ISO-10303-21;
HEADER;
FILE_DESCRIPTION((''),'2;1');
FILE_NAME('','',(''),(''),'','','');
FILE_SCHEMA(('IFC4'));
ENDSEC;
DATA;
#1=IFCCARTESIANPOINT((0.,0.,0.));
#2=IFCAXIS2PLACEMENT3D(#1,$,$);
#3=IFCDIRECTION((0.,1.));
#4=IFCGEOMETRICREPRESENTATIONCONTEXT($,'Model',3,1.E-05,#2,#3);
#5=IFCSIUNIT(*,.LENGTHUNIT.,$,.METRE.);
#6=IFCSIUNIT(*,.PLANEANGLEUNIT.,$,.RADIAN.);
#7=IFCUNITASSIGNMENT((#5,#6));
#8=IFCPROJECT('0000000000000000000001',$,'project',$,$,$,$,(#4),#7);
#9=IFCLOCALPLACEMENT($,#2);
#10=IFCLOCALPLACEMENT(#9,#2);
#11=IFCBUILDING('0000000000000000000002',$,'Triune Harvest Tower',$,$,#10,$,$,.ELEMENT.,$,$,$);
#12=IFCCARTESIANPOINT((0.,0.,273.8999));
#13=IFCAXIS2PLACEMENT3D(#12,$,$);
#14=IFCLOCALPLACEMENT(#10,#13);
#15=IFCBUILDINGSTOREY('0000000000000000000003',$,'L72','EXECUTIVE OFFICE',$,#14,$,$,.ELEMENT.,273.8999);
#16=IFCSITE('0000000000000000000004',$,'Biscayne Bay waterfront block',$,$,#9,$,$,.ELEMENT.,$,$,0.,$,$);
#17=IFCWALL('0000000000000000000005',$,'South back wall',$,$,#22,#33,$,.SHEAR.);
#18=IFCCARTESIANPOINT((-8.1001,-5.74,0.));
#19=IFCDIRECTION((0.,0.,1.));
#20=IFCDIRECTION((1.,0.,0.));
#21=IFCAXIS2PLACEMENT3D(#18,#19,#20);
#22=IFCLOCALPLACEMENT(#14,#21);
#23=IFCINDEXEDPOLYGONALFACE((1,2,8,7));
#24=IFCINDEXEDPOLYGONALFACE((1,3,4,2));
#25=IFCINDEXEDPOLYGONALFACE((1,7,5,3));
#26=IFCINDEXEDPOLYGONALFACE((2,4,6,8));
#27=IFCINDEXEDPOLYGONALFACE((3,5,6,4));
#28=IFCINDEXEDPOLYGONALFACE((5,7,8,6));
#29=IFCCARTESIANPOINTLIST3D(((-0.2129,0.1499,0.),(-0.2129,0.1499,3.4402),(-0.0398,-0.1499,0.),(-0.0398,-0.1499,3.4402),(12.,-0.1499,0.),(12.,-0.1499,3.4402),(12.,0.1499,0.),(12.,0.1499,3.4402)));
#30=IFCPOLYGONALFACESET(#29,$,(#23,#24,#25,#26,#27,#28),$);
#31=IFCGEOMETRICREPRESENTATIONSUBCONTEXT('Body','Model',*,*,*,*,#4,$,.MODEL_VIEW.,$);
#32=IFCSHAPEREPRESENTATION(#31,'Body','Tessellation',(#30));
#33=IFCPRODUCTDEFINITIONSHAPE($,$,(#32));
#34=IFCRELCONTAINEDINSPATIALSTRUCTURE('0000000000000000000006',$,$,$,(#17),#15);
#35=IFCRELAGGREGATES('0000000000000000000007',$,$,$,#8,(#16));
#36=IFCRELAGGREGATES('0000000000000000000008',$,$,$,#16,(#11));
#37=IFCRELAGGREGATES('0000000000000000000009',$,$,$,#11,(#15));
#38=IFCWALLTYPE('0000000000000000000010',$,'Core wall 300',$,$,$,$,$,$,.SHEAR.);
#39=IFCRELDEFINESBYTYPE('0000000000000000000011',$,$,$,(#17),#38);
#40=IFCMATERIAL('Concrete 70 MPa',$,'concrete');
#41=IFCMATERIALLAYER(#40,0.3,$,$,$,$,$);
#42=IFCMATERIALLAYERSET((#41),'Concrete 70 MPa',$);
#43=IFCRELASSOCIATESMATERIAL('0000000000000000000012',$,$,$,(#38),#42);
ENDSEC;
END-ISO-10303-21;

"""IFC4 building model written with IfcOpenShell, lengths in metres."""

from ifc_helpers import new_model, si_unit, direction, frame, origin, place, context, subcontext, project, spatial, polyline, outline, extrude, source, transform, mapped, material, layer, layer_set, type_object, element, save


model = new_model("IFC4")

# Units and contexts
model_context = context("Model", 3, precision=1e-05, world=origin(), true_north=direction((0.0, 1.0)))
body_context = subcontext(model_context, "Body", "Model", "MODEL_VIEW")
ifc_project = project(units=[si_unit("LENGTHUNIT", "METRE"), si_unit("PLANEANGLEUNIT", "RADIAN")], contexts=[model_context])

# Site, building, storey
site_placement = place(None, origin())
site = spatial("IfcSite", under=ifc_project, at=site_placement, Name="Biscayne Bay waterfront block", CompositionType="ELEMENT", RefElevation=0.0)
building_placement = place(site_placement, origin())
building = spatial("IfcBuilding", under=site, at=building_placement, Name="Triune Harvest Tower", CompositionType="ELEMENT")
storey_placement = place(building_placement, frame((0.0, 0.0, 273.8999)))
storey = spatial("IfcBuildingStorey", under=building, at=storey_placement, Name="L72", Description="EXECUTIVE OFFICE", CompositionType="ELEMENT", Elevation=273.8999)

# Wall
ifc_material_1 = material(Name="Concrete 70 MPa", Category="concrete")
ifc_layer_1 = layer(ifc_material_1, 0.3)
ifc_layer_set_1 = layer_set([ifc_layer_1], Name="Concrete 70 MPa")
wall_type_1 = type_object("IfcWallType", Name="Core wall 300", PredefinedType="SHEAR", material=ifc_layer_set_1)
shared_shape_1 = source(origin(), body_context, "Body", "SweptSolid", [
    extrude(outline(polyline([(12.0, -0.1499), (-0.0398, -0.1499), (-0.2129, 0.1499), (12.0, 0.1499), (12.0, -0.1499)])), origin(), (0.0, 0.0, 1.0), 3.4402),
])
wall_1_placement = place(storey_placement, frame((-8.1001, -5.74, 0.0), z_axis=(0.0, 0.0, 1.0), x_axis=(1.0, 0.0, 0.0)))
element("IfcWall", 1, at=wall_1_placement, inside=storey, type_object=wall_type_1, Name="South back wall", PredefinedType="SHEAR", context=body_context, shape_type="MappedRepresentation", body=[
    mapped(shared_shape_1, transform((0.0, 0.0, 0.0), scale=1.0)),
])

save(model, "model.ifc")
